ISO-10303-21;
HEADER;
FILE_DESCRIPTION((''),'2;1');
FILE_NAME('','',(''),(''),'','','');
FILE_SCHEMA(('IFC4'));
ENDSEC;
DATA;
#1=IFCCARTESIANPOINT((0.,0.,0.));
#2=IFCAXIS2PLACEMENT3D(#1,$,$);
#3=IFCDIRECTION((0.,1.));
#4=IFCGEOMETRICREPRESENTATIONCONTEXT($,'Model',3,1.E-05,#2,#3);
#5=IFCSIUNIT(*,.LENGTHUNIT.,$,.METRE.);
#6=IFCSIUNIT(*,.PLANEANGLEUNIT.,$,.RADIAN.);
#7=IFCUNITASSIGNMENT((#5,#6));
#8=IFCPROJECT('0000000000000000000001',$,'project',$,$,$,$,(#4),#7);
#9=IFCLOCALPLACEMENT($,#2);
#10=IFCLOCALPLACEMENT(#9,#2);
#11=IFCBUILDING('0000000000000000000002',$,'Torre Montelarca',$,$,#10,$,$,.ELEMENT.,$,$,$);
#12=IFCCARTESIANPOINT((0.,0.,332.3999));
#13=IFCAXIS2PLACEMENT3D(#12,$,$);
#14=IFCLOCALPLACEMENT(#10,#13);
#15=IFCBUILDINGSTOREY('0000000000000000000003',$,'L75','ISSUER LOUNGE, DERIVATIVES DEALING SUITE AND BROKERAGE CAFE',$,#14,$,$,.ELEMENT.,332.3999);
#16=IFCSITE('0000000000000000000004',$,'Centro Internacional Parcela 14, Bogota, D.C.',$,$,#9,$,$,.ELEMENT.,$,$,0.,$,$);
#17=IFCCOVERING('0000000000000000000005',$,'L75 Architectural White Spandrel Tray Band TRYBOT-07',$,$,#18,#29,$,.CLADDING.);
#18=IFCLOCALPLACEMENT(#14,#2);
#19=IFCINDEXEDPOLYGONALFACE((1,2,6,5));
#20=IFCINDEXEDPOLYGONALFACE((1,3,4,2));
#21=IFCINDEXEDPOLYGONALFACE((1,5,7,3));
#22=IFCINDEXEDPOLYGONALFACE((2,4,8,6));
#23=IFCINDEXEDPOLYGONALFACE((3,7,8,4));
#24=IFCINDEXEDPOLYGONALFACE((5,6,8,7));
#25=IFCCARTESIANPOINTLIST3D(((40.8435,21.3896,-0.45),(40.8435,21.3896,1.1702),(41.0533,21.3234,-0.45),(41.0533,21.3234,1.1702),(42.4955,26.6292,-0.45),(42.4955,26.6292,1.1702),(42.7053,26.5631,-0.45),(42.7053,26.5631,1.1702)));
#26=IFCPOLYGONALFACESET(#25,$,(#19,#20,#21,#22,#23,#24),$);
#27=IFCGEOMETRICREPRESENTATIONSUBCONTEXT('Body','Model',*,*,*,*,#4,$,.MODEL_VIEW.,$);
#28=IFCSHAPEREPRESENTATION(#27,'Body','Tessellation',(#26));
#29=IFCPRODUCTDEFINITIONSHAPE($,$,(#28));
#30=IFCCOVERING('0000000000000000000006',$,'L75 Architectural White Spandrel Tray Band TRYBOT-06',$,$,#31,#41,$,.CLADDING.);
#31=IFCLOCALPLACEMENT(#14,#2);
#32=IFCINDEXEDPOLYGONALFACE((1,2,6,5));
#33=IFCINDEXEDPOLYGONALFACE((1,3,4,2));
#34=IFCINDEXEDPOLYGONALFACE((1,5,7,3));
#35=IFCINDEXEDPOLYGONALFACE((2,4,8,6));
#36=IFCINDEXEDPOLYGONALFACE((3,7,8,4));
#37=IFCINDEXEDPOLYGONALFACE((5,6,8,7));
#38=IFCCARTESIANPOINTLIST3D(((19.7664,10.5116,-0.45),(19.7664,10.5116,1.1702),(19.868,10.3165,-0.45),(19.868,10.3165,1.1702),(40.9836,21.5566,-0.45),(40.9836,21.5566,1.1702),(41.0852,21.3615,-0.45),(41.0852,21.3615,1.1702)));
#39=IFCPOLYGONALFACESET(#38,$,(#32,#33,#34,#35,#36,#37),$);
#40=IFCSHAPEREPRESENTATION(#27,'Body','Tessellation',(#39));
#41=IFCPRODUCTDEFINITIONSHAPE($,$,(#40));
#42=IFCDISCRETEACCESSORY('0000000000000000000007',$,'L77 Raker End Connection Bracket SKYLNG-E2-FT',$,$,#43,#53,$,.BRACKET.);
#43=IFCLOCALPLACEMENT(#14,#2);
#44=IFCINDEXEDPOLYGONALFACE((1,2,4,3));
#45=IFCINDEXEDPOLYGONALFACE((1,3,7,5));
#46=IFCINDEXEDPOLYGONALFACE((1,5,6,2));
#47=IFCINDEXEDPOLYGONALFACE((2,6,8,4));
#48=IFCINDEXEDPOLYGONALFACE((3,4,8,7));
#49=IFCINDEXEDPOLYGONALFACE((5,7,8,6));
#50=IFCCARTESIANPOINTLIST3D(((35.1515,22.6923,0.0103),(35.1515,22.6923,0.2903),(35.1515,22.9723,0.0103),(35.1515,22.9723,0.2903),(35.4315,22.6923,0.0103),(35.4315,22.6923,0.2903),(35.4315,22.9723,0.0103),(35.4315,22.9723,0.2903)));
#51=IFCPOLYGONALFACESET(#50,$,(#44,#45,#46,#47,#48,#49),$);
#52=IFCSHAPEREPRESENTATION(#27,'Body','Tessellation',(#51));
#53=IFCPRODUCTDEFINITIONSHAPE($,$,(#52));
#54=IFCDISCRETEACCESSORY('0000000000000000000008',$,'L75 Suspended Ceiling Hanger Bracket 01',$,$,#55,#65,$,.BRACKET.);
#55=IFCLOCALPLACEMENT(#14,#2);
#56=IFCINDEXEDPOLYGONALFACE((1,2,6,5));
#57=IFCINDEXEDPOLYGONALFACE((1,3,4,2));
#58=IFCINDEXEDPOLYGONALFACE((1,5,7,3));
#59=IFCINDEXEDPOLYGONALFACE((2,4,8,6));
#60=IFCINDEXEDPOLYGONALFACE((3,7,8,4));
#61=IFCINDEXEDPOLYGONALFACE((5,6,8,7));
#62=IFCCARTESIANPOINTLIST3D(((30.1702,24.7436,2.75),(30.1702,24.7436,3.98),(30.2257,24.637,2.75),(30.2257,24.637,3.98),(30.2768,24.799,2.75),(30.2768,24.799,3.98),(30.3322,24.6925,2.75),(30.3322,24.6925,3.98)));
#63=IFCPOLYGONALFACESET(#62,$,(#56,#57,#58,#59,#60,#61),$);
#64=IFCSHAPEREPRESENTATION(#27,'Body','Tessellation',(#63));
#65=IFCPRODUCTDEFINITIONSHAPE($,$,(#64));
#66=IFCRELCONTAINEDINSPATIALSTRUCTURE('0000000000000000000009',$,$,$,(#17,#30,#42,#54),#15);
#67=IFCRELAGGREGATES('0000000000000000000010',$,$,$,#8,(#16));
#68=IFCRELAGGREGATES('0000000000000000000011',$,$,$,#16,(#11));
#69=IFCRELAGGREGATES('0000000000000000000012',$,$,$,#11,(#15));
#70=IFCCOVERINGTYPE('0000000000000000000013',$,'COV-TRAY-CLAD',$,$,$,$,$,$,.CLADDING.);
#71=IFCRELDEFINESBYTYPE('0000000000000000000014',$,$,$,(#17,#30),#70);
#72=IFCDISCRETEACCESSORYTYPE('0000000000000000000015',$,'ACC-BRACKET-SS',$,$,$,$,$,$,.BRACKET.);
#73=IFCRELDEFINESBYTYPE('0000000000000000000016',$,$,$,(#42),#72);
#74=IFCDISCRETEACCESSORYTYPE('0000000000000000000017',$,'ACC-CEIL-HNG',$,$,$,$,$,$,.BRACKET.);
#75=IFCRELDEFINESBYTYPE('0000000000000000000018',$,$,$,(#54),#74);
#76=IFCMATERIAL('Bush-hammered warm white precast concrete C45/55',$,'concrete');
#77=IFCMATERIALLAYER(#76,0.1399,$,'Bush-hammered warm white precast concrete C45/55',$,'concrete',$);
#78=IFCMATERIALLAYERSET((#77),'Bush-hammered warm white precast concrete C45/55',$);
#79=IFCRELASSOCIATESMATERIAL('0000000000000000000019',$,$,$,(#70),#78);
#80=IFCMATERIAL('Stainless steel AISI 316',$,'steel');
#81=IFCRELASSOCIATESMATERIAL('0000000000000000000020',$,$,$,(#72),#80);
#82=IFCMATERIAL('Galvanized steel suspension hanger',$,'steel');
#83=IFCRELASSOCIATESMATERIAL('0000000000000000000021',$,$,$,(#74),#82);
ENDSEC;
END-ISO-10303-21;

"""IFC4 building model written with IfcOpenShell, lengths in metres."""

from ifc_helpers import new_model, si_unit, direction, frame, origin, origin_2d, place, context, subcontext, project, spatial, rectangle, extrude, source, transform, mapped, material, layer, layer_set, type_object, element, save


model = new_model("IFC4")

# Units and contexts
model_context = context("Model", 3, precision=1e-05, world=origin(), true_north=direction((0.0, 1.0)))
body_context = subcontext(model_context, "Body", "Model", "MODEL_VIEW")
ifc_project = project(units=[si_unit("LENGTHUNIT", "METRE"), si_unit("PLANEANGLEUNIT", "RADIAN")], contexts=[model_context])

# Site, building, storey
site_placement = place(None, origin())
site = spatial("IfcSite", under=ifc_project, at=site_placement, Name="Centro Internacional Parcela 14, Bogota, D.C.", CompositionType="ELEMENT", RefElevation=0.0)
building_placement = place(site_placement, origin())
building = spatial("IfcBuilding", under=site, at=building_placement, Name="Torre Montelarca", CompositionType="ELEMENT")
storey_placement = place(building_placement, frame((0.0, 0.0, 332.3999)))
storey = spatial("IfcBuildingStorey", under=building, at=storey_placement, Name="L75", Description="ISSUER LOUNGE, DERIVATIVES DEALING SUITE AND BROKERAGE CAFE", CompositionType="ELEMENT", Elevation=332.3999)

# Coverings
ifc_material_1 = material(Name="Bush-hammered warm white precast concrete C45/55", Category="concrete")
ifc_layer_1 = layer(ifc_material_1, 0.1399, Name="Bush-hammered warm white precast concrete C45/55", Category="concrete")
ifc_layer_set_1 = layer_set([ifc_layer_1], Name="Bush-hammered warm white precast concrete C45/55")
covering_type = type_object("IfcCoveringType", Name="COV-TRAY-CLAD", PredefinedType="CLADDING", material=ifc_layer_set_1)
shared_shape_1 = source(origin(), body_context, "Body", "SweptSolid", [
    extrude(rectangle(XDim=5.4939, YDim=0.22, at=origin_2d()), origin(), (0.0, 0.0, 1.0), 1.6201),
])
covering_1_placement = place(storey_placement, frame((41.7744, 23.9763, -0.45), z_axis=(0.0, 0.0, 1.0), x_axis=(0.300706, 0.953717, 0.0)))
element("IfcCovering", 1, at=covering_1_placement, inside=storey, type_object=covering_type, Name="L75 Architectural White Spandrel Tray Band TRYBOT-07", PredefinedType="CLADDING", context=body_context, shape_type="MappedRepresentation", body=[
    mapped(shared_shape_1, transform((0.0, 0.0, 0.0), scale=1.0)),
])
shared_shape_2 = source(origin(), body_context, "Body", "SweptSolid", [
    extrude(rectangle(XDim=23.9199, YDim=0.22, at=origin_2d()), origin(), (0.0, 0.0, 1.0), 1.6201),
])
covering_2_placement = place(storey_placement, frame((30.4258, 15.9365, -0.45), z_axis=(0.0, 0.0, 1.0), x_axis=(0.887011, 0.461749, 0.0)))
element("IfcCovering", 2, at=covering_2_placement, inside=storey, type_object=covering_type, Name="L75 Architectural White Spandrel Tray Band TRYBOT-06", PredefinedType="CLADDING", context=body_context, shape_type="MappedRepresentation", body=[
    mapped(shared_shape_2, transform((0.0, 0.0, 0.0), scale=1.0)),
])

# Discrete accessories
ifc_material_2 = material(Name="Stainless steel AISI 316", Category="steel")
discrete_accessory_type_1 = type_object("IfcDiscreteAccessoryType", Name="ACC-BRACKET-SS", PredefinedType="BRACKET", material=ifc_material_2)
shared_shape_3 = source(origin(), body_context, "Body", "SweptSolid", [
    extrude(rectangle(XDim=0.28, YDim=0.28, at=origin_2d()), origin(), (0.0, 0.0, 1.0), 0.28),
])
discrete_accessory_1_placement = place(storey_placement, frame((35.2915, 22.8323, 0.0103), z_axis=(0.0, 0.0, 1.0), x_axis=(1.0, 0.0, 0.0)))
element("IfcDiscreteAccessory", 3, at=discrete_accessory_1_placement, inside=storey, type_object=discrete_accessory_type_1, Name="L77 Raker End Connection Bracket SKYLNG-E2-FT", PredefinedType="BRACKET", context=body_context, shape_type="MappedRepresentation", body=[
    mapped(shared_shape_3, transform((0.0, 0.0, 0.0), scale=1.0)),
])
ifc_material_3 = material(Name="Galvanized steel suspension hanger", Category="steel")
discrete_accessory_type_2 = type_object("IfcDiscreteAccessoryType", Name="ACC-CEIL-HNG", PredefinedType="BRACKET", material=ifc_material_3)
shared_shape_4 = source(origin(), body_context, "Body", "SweptSolid", [
    extrude(rectangle(XDim=0.1201, YDim=0.1201, at=origin_2d()), origin(), (0.0, 0.0, 1.0), 1.23),
])
discrete_accessory_2_placement = place(storey_placement, frame((30.2512, 24.718, 2.75), z_axis=(0.0, 0.0, 1.0), x_axis=(-0.461749, 0.887011, 0.0)))
element("IfcDiscreteAccessory", 4, at=discrete_accessory_2_placement, inside=storey, type_object=discrete_accessory_type_2, Name="L75 Suspended Ceiling Hanger Bracket 01", PredefinedType="BRACKET", context=body_context, shape_type="MappedRepresentation", body=[
    mapped(shared_shape_4, transform((0.0, 0.0, 0.0), scale=1.0)),
])

save(model, "model.ifc")
